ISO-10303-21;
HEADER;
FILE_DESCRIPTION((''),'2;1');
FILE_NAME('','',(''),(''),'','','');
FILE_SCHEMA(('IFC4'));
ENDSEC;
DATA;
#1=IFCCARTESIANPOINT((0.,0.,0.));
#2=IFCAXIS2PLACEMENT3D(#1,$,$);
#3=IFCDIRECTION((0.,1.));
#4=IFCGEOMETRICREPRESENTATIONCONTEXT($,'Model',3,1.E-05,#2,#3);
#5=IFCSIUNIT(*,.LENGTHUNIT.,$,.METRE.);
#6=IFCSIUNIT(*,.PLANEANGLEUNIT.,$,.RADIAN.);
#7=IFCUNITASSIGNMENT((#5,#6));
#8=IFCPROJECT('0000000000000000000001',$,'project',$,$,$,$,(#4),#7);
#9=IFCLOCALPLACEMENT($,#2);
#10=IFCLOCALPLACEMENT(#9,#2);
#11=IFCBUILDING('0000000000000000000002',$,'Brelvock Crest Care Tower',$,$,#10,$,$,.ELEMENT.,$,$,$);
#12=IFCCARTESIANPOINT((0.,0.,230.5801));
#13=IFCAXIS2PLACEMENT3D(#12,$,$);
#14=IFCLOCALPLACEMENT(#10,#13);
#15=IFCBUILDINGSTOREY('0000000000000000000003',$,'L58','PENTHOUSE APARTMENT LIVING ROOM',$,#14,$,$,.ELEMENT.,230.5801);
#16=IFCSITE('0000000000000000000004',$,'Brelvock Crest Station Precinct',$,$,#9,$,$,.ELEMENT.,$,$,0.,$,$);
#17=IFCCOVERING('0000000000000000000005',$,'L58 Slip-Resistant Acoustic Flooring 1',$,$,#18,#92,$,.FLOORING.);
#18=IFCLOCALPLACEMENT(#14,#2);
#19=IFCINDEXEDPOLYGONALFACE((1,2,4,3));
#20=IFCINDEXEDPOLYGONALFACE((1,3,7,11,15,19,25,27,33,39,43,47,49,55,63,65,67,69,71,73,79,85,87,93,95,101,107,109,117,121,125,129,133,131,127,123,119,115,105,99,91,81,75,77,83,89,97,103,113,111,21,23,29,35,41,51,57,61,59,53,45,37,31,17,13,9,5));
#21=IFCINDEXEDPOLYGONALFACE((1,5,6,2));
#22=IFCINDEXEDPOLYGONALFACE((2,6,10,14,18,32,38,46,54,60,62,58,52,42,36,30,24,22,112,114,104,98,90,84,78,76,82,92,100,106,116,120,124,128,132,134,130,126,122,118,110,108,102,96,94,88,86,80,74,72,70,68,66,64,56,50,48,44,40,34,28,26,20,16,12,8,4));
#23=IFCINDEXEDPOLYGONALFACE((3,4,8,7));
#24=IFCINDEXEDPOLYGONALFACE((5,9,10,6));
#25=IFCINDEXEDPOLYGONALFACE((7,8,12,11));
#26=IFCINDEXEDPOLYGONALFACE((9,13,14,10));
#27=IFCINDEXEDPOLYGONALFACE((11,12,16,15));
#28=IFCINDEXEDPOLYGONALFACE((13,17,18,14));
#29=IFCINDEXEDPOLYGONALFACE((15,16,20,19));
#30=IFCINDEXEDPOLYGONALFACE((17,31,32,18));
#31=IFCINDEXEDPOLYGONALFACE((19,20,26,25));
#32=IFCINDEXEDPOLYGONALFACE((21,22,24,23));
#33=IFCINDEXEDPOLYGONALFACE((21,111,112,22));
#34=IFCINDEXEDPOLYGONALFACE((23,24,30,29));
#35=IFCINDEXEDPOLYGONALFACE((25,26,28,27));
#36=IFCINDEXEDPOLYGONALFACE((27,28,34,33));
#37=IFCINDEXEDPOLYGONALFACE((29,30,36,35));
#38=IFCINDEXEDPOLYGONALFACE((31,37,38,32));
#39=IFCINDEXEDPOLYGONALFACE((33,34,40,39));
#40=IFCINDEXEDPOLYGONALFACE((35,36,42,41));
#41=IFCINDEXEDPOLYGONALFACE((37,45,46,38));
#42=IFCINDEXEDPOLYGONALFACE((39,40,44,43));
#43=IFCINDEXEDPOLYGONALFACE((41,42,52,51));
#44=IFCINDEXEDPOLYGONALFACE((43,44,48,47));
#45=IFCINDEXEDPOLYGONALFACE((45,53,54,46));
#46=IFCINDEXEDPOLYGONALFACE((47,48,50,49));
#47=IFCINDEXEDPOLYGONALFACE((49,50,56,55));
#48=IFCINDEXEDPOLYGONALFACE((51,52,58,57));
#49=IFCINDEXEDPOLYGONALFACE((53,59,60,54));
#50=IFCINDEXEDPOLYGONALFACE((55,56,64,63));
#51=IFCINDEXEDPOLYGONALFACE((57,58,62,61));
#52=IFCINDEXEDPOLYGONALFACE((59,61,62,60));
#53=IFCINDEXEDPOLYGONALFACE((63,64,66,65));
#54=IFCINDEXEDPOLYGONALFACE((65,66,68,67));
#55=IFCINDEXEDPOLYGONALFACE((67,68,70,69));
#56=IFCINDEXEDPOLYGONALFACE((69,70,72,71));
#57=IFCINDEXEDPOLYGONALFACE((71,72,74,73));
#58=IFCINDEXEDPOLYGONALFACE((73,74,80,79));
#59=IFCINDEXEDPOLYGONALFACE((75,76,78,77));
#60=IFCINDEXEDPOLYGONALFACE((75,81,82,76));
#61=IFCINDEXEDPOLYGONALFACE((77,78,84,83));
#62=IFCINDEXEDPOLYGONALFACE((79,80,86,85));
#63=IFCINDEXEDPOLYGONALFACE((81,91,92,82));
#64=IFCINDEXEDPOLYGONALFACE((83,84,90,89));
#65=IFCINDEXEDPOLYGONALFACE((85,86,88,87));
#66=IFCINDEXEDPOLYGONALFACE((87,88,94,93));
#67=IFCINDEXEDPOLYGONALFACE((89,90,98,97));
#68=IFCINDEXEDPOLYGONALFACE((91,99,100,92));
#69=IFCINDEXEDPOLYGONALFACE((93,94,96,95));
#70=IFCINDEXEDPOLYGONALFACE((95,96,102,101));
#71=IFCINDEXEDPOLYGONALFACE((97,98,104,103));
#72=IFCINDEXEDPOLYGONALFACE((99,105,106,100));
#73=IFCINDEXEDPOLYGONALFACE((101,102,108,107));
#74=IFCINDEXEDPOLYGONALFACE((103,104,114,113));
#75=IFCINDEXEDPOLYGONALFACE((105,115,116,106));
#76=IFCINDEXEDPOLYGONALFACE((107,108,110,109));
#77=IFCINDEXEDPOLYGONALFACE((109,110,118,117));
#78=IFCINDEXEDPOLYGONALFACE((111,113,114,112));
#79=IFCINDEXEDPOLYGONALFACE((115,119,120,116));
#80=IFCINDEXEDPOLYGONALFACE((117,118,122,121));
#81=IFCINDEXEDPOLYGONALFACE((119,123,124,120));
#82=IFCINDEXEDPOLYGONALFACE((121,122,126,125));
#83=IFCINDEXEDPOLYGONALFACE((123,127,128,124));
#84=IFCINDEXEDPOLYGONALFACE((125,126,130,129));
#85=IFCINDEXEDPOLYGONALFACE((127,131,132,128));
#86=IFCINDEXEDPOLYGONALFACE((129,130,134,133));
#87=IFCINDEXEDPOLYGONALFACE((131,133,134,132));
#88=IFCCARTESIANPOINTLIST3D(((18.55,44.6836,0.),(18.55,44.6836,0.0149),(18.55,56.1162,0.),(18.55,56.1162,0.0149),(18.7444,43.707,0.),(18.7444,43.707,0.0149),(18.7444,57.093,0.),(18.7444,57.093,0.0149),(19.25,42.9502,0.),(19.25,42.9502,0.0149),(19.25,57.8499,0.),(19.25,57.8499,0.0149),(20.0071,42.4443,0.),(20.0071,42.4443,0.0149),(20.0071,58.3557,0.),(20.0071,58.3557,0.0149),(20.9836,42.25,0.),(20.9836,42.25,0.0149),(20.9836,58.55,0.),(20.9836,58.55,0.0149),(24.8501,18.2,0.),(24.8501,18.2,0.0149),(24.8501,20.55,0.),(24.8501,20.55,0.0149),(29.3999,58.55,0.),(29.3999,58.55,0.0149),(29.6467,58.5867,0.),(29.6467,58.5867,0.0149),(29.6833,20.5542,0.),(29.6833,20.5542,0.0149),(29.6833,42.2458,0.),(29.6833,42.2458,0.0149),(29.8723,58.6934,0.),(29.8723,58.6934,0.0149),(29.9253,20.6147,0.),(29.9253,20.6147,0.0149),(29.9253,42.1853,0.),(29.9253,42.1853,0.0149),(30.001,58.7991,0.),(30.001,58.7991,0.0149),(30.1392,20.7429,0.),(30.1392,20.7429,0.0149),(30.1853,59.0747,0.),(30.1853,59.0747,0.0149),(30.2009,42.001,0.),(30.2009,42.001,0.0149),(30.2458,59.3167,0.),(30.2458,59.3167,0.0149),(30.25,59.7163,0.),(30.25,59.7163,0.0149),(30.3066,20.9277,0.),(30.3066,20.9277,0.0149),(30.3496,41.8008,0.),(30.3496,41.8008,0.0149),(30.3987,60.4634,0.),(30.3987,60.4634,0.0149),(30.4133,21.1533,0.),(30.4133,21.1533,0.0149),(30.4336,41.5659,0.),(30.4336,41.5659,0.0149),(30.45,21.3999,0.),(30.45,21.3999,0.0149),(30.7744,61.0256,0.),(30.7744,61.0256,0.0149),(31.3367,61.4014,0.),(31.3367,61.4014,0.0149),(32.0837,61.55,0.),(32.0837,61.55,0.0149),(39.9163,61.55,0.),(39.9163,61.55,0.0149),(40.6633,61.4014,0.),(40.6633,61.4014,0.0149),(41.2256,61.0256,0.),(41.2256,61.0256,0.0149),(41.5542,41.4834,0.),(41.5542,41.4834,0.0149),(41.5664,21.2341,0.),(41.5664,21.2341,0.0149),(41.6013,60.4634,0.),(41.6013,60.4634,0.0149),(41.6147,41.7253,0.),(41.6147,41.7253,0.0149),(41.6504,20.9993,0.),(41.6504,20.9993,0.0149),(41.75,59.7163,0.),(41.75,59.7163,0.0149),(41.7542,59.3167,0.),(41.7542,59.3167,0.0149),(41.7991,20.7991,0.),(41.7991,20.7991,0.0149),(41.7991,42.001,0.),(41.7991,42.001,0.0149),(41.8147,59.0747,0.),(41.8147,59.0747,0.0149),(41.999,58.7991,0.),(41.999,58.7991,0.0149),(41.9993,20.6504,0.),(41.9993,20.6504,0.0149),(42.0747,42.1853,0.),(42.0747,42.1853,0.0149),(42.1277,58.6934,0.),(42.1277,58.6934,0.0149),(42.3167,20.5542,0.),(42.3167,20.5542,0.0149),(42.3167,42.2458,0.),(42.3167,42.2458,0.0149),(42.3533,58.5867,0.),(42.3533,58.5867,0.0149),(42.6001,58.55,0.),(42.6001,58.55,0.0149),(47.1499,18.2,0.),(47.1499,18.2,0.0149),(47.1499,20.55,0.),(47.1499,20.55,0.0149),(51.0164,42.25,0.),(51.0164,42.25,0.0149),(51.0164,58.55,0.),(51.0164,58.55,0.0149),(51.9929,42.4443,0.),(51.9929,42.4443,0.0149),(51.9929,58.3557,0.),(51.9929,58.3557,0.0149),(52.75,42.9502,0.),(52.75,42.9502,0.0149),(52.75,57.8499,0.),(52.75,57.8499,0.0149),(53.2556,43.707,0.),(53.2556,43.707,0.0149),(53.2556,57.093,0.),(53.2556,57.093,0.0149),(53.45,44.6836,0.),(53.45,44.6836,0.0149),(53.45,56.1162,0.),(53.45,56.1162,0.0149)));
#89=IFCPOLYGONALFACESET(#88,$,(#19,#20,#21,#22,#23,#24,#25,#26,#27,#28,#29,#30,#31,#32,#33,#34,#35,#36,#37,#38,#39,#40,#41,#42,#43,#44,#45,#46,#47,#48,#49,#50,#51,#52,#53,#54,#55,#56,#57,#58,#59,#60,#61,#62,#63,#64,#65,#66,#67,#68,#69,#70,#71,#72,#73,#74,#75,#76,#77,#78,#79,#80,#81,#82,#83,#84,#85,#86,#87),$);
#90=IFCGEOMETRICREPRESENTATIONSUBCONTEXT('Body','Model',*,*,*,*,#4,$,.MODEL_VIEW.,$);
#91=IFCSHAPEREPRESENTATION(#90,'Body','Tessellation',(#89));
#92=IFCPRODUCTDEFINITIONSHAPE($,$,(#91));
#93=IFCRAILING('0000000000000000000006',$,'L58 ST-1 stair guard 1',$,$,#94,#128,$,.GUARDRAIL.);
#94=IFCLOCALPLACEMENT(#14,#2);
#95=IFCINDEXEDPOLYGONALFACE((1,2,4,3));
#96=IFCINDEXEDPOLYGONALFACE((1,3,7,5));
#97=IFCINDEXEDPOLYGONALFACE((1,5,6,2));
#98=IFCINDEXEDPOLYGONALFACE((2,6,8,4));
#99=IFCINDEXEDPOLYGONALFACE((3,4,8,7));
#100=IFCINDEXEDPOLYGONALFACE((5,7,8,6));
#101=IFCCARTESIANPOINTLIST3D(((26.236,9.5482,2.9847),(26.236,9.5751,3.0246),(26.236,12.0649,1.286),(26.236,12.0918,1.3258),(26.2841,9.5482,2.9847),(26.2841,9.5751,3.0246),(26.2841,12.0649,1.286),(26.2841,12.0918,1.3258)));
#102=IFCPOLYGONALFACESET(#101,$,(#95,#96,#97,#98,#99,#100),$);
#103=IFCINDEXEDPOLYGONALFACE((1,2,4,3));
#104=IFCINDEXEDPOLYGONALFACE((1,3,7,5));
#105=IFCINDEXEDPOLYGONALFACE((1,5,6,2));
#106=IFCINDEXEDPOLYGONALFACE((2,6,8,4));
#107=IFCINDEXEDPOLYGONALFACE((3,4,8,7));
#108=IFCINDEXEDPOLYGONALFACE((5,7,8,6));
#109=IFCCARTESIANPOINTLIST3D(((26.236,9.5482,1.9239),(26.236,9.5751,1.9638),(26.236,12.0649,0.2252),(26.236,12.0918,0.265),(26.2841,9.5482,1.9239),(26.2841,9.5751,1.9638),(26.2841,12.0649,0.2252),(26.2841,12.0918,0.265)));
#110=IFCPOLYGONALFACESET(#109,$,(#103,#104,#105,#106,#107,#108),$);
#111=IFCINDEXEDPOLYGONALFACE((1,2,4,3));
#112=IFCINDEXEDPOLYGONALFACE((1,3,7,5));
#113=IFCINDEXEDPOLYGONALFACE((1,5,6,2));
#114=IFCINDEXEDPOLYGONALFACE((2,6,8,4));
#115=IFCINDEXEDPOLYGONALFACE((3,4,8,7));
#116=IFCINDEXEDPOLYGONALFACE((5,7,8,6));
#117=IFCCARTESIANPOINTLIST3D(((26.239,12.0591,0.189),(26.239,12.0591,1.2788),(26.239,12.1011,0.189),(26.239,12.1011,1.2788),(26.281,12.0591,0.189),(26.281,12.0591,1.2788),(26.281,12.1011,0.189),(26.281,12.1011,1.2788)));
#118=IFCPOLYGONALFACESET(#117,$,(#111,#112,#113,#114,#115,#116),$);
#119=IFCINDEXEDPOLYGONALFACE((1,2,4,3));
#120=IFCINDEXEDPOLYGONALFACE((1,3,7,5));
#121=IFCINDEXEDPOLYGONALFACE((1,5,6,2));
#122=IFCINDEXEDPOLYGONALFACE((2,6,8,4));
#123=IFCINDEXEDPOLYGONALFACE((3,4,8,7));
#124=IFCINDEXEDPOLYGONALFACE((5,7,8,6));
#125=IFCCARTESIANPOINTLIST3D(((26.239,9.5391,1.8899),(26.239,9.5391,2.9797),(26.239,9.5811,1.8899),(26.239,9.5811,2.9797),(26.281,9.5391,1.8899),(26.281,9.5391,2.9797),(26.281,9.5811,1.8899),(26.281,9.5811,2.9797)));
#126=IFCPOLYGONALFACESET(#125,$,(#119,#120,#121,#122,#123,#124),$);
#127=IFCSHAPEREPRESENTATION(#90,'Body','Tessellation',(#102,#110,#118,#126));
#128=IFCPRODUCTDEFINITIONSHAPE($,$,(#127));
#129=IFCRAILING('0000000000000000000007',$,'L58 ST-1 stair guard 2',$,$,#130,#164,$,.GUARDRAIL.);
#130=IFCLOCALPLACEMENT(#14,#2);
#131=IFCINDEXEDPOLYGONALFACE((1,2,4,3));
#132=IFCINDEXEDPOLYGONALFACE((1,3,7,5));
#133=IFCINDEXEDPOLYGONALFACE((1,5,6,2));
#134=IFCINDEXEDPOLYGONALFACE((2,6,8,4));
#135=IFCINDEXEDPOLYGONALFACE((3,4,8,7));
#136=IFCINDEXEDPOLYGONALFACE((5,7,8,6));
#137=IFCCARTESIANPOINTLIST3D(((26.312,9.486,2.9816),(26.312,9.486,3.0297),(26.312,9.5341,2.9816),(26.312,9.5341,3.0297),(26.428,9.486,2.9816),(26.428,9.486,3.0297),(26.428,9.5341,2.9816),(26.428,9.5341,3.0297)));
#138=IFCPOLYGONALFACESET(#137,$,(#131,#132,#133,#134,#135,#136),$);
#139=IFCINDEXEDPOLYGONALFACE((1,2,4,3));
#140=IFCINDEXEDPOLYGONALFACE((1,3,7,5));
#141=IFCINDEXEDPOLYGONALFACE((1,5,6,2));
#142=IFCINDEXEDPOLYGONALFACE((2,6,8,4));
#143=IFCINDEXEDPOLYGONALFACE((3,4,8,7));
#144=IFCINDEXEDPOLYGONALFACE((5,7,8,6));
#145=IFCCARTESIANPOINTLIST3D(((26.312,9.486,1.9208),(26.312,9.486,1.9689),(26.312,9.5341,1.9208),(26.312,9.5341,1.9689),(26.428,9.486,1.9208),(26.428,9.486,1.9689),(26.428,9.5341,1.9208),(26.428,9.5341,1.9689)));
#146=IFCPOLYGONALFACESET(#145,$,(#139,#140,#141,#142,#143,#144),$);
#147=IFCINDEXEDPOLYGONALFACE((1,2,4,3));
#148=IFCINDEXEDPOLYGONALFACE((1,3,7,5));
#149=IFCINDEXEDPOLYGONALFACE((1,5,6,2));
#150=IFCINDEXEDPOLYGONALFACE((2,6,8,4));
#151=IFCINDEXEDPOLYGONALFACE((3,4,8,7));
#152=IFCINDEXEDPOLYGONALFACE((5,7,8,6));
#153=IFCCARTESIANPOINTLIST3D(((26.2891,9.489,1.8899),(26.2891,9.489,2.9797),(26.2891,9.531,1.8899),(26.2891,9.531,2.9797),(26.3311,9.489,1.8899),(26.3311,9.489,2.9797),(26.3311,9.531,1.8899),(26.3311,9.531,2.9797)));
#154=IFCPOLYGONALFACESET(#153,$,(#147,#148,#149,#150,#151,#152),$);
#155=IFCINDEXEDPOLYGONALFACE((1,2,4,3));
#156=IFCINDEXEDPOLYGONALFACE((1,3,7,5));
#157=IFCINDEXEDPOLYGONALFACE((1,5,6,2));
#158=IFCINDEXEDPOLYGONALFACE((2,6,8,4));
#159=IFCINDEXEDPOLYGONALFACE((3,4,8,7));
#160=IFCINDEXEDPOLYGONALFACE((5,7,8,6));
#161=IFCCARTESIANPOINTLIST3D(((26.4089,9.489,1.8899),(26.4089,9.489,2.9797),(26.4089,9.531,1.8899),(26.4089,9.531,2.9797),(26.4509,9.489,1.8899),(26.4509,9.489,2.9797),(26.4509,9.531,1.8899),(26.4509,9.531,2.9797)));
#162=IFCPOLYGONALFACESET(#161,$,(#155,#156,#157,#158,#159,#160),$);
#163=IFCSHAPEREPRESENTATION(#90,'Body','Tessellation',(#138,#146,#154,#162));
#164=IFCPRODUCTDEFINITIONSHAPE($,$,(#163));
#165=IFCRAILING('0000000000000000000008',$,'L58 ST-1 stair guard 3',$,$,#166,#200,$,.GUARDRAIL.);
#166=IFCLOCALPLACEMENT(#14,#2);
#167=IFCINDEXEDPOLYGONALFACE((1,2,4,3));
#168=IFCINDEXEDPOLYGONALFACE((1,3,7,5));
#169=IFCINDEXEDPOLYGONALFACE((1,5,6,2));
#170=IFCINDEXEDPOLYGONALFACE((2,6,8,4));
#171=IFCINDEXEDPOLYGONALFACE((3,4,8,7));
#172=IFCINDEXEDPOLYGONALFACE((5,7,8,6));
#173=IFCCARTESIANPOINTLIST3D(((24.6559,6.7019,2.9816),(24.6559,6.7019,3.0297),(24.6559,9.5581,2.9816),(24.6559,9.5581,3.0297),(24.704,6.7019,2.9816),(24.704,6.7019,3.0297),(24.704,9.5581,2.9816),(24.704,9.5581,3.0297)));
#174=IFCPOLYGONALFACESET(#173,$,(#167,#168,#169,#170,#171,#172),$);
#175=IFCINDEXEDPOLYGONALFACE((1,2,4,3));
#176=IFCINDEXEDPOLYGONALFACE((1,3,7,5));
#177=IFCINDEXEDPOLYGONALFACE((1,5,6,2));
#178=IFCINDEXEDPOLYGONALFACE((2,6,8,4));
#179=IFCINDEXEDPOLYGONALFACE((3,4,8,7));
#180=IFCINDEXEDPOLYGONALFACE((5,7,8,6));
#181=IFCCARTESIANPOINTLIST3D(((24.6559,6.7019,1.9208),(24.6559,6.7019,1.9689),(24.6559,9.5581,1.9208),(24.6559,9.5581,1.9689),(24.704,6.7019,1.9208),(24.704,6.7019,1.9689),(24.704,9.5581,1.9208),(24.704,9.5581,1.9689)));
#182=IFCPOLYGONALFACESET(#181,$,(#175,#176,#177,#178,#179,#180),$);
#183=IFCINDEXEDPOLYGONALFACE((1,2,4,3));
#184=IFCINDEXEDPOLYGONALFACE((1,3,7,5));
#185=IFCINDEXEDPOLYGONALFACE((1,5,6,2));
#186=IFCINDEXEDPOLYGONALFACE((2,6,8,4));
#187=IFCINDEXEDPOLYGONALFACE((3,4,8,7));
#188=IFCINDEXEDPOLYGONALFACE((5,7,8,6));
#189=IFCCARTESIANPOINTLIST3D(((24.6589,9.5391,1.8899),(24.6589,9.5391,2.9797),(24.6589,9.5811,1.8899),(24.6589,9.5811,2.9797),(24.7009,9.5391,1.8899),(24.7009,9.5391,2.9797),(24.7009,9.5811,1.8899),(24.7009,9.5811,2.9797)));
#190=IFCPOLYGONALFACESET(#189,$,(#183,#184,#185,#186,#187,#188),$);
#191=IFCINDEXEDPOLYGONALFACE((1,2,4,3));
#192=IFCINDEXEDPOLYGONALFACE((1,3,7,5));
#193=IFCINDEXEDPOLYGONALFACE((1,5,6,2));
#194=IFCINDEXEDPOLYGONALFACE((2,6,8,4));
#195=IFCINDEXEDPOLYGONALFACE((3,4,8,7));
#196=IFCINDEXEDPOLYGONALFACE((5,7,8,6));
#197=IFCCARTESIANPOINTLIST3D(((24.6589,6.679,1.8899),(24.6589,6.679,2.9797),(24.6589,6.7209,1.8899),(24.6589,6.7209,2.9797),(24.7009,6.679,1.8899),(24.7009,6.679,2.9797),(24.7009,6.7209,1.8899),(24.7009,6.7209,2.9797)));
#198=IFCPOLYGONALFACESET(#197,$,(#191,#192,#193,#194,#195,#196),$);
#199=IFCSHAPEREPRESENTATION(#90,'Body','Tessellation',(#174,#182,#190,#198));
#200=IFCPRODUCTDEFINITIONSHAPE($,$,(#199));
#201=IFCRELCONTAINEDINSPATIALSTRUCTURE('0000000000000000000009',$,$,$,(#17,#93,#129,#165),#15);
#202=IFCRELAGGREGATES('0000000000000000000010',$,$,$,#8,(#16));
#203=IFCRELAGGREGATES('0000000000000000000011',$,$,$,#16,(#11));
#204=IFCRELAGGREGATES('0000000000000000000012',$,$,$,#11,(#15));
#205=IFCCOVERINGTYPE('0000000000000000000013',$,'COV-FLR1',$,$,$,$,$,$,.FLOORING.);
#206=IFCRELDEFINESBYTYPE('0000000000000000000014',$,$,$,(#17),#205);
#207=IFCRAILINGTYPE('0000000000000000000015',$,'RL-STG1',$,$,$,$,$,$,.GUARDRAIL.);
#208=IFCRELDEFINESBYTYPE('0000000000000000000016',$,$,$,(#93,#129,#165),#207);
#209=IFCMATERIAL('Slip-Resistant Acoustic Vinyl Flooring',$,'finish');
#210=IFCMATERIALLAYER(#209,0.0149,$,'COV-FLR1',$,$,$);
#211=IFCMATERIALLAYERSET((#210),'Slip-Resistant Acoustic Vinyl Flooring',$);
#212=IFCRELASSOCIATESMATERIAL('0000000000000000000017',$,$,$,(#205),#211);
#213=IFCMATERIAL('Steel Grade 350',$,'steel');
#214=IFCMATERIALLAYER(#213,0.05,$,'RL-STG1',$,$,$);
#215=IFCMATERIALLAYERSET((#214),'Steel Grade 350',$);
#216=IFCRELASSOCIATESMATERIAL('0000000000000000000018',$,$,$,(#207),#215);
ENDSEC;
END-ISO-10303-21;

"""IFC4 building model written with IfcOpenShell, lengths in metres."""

from ifc_helpers import new_model, si_unit, direction, frame, origin, origin_2d, place, context, subcontext, project, spatial, polyline, rectangle, outline, extrude, material, layer, layer_set, type_object, element, save


model = new_model("IFC4")

# Units and contexts
model_context = context("Model", 3, precision=1e-05, world=origin(), true_north=direction((0.0, 1.0)))
body_context = subcontext(model_context, "Body", "Model", "MODEL_VIEW")
ifc_project = project(units=[si_unit("LENGTHUNIT", "METRE"), si_unit("PLANEANGLEUNIT", "RADIAN")], contexts=[model_context])

# Site, building, storey
site_placement = place(None, origin())
site = spatial("IfcSite", under=ifc_project, at=site_placement, Name="Brelvock Crest Station Precinct", CompositionType="ELEMENT", RefElevation=0.0)
building_placement = place(site_placement, origin())
building = spatial("IfcBuilding", under=site, at=building_placement, Name="Brelvock Crest Care Tower", CompositionType="ELEMENT")
storey_placement = place(building_placement, frame((0.0, 0.0, 230.5801)))
storey = spatial("IfcBuildingStorey", under=building, at=storey_placement, Name="L58", Description="PENTHOUSE APARTMENT LIVING ROOM", CompositionType="ELEMENT", Elevation=230.5801)

# Shared definitions
ifc_material_1 = material(Name="Steel Grade 350", Category="steel")

# Covering
ifc_material_2 = material(Name="Slip-Resistant Acoustic Vinyl Flooring", Category="finish")
ifc_layer_1 = layer(ifc_material_2, 0.0149, Name="COV-FLR1")
ifc_layer_set_1 = layer_set([ifc_layer_1], Name="Slip-Resistant Acoustic Vinyl Flooring")
covering_type_1 = type_object("IfcCoveringType", Name="COV-FLR1", PredefinedType="FLOORING", material=ifc_layer_set_1)
covering_1_placement = place(storey_placement, origin())
element("IfcCovering", 1, at=covering_1_placement, inside=storey, type_object=covering_type_1, Name="L58 Slip-Resistant Acoustic Flooring 1", PredefinedType="FLOORING", context=body_context, shape_type="SweptSolid", body=[
    extrude(outline(polyline([(24.8501, 18.2), (47.1499, 18.2), (47.1499, 20.55), (42.3167, 20.5542), (41.9993, 20.6504), (41.7991, 20.7991), (41.6504, 20.9993), (41.5664, 21.2341), (41.5542, 41.4834), (41.6147, 41.7253), (41.7991, 42.001), (42.0747, 42.1853), (42.3167, 42.2458), (51.0164, 42.25), (51.9929, 42.4443), (52.75, 42.9502), (53.2556, 43.707), (53.45, 44.6836), (53.45, 56.1162), (53.2556, 57.093), (52.75, 57.8499), (51.9929, 58.3557), (51.0164, 58.55), (42.6001, 58.55), (42.3533, 58.5867), (42.1277, 58.6934), (41.999, 58.7991), (41.8147, 59.0747), (41.7542, 59.3167), (41.75, 59.7163), (41.6013, 60.4634), (41.2256, 61.0256), (40.6633, 61.4014), (39.9163, 61.55), (32.0837, 61.55), (31.3367, 61.4014), (30.7744, 61.0256), (30.3987, 60.4634), (30.25, 59.7163), (30.2458, 59.3167), (30.1853, 59.0747), (30.001, 58.7991), (29.8723, 58.6934), (29.6467, 58.5867), (29.3999, 58.55), (20.9836, 58.55), (20.0071, 58.3557), (19.25, 57.8499), (18.7444, 57.093), (18.55, 56.1162), (18.55, 44.6836), (18.7444, 43.707), (19.25, 42.9502), (20.0071, 42.4443), (20.9836, 42.25), (29.6833, 42.2458), (29.9253, 42.1853), (30.2009, 42.001), (30.3496, 41.8008), (30.4336, 41.5659), (30.45, 21.3999), (30.4133, 21.1533), (30.3066, 20.9277), (30.1392, 20.7429), (29.9253, 20.6147), (29.6833, 20.5542), (24.8501, 20.55), (24.8501, 18.2)])), origin(), (0.0, 0.0, 1.0), 0.0149),
])

# Railings
ifc_layer_2 = layer(ifc_material_1, 0.05, Name="RL-STG1")
ifc_layer_set_2 = layer_set([ifc_layer_2], Name="Steel Grade 350")
railing_type_1 = type_object("IfcRailingType", Name="RL-STG1", PredefinedType="GUARDRAIL", material=ifc_layer_set_2)
railing_1_placement = place(storey_placement, frame((26.26, 12.0801, 0.189)))
element("IfcRailing", 2, at=railing_1_placement, inside=storey, type_object=railing_type_1, Name="L58 ST-1 stair guard 1", PredefinedType="GUARDRAIL", context=body_context, shape_type="SweptSolid", body=[
    extrude(rectangle(XDim=0.0481, YDim=0.0481, at=origin_2d()), frame((0.0, -0.0017, 1.1169), z_axis=(0.0, -0.828862, 0.559454), x_axis=(1.0, 0.0, 0.0)), (0.0, 0.0, 1.0), 3.0364),
    extrude(rectangle(XDim=0.0481, YDim=0.0481, at=origin_2d()), frame((0.0, -0.0017, 0.0562), z_axis=(0.0, -0.828862, 0.559454), x_axis=(1.0, 0.0, 0.0)), (0.0, 0.0, 1.0), 3.0364),
    extrude(rectangle(XDim=0.042, YDim=0.042, at=origin_2d()), origin(), (0.0, 0.0, 1.0), 1.0898),
    extrude(rectangle(XDim=0.042, YDim=0.042, at=origin_2d()), frame((0.0, -2.52, 1.7009)), (0.0, 0.0, 1.0), 1.0898),
])
railing_2_placement = place(storey_placement, frame((26.3101, 9.51, 1.8899)))
element("IfcRailing", 3, at=railing_2_placement, inside=storey, type_object=railing_type_1, Name="L58 ST-1 stair guard 2", PredefinedType="GUARDRAIL", context=body_context, shape_type="SweptSolid", body=[
    extrude(rectangle(XDim=0.0481, YDim=0.0481, at=origin_2d()), frame((0.002, 0.0, 1.1157), z_axis=(1.0, 0.0, 0.0), x_axis=(0.0, 1.0, 0.0)), (0.0, 0.0, 1.0), 0.116),
    extrude(rectangle(XDim=0.0481, YDim=0.0481, at=origin_2d()), frame((0.002, 0.0, 0.0549), z_axis=(1.0, 0.0, 0.0), x_axis=(0.0, 1.0, 0.0)), (0.0, 0.0, 1.0), 0.116),
    extrude(rectangle(XDim=0.042, YDim=0.042, at=origin_2d()), origin(), (0.0, 0.0, 1.0), 1.0898),
    extrude(rectangle(XDim=0.042, YDim=0.042, at=origin_2d()), frame((0.1199, 0.0, 0.0)), (0.0, 0.0, 1.0), 1.0898),
])
railing_3_placement = place(storey_placement, frame((24.6799, 9.5601, 1.8899)))
element("IfcRailing", 4, at=railing_3_placement, inside=storey, type_object=railing_type_1, Name="L58 ST-1 stair guard 3", PredefinedType="GUARDRAIL", context=body_context, shape_type="SweptSolid", body=[
    extrude(rectangle(XDim=0.0481, YDim=0.0481, at=origin_2d()), frame((0.0, -0.002, 1.1157), z_axis=(0.0, -1.0, 0.0), x_axis=(1.0, 0.0, 0.0)), (0.0, 0.0, 1.0), 2.8562),
    extrude(rectangle(XDim=0.0481, YDim=0.0481, at=origin_2d()), frame((0.0, -0.002, 0.0549), z_axis=(0.0, -1.0, 0.0), x_axis=(1.0, 0.0, 0.0)), (0.0, 0.0, 1.0), 2.8562),
    extrude(rectangle(XDim=0.042, YDim=0.042, at=origin_2d()), origin(), (0.0, 0.0, 1.0), 1.0898),
    extrude(rectangle(XDim=0.042, YDim=0.042, at=origin_2d()), frame((0.0, -2.8601, 0.0)), (0.0, 0.0, 1.0), 1.0898),
])

save(model, "model.ifc")
